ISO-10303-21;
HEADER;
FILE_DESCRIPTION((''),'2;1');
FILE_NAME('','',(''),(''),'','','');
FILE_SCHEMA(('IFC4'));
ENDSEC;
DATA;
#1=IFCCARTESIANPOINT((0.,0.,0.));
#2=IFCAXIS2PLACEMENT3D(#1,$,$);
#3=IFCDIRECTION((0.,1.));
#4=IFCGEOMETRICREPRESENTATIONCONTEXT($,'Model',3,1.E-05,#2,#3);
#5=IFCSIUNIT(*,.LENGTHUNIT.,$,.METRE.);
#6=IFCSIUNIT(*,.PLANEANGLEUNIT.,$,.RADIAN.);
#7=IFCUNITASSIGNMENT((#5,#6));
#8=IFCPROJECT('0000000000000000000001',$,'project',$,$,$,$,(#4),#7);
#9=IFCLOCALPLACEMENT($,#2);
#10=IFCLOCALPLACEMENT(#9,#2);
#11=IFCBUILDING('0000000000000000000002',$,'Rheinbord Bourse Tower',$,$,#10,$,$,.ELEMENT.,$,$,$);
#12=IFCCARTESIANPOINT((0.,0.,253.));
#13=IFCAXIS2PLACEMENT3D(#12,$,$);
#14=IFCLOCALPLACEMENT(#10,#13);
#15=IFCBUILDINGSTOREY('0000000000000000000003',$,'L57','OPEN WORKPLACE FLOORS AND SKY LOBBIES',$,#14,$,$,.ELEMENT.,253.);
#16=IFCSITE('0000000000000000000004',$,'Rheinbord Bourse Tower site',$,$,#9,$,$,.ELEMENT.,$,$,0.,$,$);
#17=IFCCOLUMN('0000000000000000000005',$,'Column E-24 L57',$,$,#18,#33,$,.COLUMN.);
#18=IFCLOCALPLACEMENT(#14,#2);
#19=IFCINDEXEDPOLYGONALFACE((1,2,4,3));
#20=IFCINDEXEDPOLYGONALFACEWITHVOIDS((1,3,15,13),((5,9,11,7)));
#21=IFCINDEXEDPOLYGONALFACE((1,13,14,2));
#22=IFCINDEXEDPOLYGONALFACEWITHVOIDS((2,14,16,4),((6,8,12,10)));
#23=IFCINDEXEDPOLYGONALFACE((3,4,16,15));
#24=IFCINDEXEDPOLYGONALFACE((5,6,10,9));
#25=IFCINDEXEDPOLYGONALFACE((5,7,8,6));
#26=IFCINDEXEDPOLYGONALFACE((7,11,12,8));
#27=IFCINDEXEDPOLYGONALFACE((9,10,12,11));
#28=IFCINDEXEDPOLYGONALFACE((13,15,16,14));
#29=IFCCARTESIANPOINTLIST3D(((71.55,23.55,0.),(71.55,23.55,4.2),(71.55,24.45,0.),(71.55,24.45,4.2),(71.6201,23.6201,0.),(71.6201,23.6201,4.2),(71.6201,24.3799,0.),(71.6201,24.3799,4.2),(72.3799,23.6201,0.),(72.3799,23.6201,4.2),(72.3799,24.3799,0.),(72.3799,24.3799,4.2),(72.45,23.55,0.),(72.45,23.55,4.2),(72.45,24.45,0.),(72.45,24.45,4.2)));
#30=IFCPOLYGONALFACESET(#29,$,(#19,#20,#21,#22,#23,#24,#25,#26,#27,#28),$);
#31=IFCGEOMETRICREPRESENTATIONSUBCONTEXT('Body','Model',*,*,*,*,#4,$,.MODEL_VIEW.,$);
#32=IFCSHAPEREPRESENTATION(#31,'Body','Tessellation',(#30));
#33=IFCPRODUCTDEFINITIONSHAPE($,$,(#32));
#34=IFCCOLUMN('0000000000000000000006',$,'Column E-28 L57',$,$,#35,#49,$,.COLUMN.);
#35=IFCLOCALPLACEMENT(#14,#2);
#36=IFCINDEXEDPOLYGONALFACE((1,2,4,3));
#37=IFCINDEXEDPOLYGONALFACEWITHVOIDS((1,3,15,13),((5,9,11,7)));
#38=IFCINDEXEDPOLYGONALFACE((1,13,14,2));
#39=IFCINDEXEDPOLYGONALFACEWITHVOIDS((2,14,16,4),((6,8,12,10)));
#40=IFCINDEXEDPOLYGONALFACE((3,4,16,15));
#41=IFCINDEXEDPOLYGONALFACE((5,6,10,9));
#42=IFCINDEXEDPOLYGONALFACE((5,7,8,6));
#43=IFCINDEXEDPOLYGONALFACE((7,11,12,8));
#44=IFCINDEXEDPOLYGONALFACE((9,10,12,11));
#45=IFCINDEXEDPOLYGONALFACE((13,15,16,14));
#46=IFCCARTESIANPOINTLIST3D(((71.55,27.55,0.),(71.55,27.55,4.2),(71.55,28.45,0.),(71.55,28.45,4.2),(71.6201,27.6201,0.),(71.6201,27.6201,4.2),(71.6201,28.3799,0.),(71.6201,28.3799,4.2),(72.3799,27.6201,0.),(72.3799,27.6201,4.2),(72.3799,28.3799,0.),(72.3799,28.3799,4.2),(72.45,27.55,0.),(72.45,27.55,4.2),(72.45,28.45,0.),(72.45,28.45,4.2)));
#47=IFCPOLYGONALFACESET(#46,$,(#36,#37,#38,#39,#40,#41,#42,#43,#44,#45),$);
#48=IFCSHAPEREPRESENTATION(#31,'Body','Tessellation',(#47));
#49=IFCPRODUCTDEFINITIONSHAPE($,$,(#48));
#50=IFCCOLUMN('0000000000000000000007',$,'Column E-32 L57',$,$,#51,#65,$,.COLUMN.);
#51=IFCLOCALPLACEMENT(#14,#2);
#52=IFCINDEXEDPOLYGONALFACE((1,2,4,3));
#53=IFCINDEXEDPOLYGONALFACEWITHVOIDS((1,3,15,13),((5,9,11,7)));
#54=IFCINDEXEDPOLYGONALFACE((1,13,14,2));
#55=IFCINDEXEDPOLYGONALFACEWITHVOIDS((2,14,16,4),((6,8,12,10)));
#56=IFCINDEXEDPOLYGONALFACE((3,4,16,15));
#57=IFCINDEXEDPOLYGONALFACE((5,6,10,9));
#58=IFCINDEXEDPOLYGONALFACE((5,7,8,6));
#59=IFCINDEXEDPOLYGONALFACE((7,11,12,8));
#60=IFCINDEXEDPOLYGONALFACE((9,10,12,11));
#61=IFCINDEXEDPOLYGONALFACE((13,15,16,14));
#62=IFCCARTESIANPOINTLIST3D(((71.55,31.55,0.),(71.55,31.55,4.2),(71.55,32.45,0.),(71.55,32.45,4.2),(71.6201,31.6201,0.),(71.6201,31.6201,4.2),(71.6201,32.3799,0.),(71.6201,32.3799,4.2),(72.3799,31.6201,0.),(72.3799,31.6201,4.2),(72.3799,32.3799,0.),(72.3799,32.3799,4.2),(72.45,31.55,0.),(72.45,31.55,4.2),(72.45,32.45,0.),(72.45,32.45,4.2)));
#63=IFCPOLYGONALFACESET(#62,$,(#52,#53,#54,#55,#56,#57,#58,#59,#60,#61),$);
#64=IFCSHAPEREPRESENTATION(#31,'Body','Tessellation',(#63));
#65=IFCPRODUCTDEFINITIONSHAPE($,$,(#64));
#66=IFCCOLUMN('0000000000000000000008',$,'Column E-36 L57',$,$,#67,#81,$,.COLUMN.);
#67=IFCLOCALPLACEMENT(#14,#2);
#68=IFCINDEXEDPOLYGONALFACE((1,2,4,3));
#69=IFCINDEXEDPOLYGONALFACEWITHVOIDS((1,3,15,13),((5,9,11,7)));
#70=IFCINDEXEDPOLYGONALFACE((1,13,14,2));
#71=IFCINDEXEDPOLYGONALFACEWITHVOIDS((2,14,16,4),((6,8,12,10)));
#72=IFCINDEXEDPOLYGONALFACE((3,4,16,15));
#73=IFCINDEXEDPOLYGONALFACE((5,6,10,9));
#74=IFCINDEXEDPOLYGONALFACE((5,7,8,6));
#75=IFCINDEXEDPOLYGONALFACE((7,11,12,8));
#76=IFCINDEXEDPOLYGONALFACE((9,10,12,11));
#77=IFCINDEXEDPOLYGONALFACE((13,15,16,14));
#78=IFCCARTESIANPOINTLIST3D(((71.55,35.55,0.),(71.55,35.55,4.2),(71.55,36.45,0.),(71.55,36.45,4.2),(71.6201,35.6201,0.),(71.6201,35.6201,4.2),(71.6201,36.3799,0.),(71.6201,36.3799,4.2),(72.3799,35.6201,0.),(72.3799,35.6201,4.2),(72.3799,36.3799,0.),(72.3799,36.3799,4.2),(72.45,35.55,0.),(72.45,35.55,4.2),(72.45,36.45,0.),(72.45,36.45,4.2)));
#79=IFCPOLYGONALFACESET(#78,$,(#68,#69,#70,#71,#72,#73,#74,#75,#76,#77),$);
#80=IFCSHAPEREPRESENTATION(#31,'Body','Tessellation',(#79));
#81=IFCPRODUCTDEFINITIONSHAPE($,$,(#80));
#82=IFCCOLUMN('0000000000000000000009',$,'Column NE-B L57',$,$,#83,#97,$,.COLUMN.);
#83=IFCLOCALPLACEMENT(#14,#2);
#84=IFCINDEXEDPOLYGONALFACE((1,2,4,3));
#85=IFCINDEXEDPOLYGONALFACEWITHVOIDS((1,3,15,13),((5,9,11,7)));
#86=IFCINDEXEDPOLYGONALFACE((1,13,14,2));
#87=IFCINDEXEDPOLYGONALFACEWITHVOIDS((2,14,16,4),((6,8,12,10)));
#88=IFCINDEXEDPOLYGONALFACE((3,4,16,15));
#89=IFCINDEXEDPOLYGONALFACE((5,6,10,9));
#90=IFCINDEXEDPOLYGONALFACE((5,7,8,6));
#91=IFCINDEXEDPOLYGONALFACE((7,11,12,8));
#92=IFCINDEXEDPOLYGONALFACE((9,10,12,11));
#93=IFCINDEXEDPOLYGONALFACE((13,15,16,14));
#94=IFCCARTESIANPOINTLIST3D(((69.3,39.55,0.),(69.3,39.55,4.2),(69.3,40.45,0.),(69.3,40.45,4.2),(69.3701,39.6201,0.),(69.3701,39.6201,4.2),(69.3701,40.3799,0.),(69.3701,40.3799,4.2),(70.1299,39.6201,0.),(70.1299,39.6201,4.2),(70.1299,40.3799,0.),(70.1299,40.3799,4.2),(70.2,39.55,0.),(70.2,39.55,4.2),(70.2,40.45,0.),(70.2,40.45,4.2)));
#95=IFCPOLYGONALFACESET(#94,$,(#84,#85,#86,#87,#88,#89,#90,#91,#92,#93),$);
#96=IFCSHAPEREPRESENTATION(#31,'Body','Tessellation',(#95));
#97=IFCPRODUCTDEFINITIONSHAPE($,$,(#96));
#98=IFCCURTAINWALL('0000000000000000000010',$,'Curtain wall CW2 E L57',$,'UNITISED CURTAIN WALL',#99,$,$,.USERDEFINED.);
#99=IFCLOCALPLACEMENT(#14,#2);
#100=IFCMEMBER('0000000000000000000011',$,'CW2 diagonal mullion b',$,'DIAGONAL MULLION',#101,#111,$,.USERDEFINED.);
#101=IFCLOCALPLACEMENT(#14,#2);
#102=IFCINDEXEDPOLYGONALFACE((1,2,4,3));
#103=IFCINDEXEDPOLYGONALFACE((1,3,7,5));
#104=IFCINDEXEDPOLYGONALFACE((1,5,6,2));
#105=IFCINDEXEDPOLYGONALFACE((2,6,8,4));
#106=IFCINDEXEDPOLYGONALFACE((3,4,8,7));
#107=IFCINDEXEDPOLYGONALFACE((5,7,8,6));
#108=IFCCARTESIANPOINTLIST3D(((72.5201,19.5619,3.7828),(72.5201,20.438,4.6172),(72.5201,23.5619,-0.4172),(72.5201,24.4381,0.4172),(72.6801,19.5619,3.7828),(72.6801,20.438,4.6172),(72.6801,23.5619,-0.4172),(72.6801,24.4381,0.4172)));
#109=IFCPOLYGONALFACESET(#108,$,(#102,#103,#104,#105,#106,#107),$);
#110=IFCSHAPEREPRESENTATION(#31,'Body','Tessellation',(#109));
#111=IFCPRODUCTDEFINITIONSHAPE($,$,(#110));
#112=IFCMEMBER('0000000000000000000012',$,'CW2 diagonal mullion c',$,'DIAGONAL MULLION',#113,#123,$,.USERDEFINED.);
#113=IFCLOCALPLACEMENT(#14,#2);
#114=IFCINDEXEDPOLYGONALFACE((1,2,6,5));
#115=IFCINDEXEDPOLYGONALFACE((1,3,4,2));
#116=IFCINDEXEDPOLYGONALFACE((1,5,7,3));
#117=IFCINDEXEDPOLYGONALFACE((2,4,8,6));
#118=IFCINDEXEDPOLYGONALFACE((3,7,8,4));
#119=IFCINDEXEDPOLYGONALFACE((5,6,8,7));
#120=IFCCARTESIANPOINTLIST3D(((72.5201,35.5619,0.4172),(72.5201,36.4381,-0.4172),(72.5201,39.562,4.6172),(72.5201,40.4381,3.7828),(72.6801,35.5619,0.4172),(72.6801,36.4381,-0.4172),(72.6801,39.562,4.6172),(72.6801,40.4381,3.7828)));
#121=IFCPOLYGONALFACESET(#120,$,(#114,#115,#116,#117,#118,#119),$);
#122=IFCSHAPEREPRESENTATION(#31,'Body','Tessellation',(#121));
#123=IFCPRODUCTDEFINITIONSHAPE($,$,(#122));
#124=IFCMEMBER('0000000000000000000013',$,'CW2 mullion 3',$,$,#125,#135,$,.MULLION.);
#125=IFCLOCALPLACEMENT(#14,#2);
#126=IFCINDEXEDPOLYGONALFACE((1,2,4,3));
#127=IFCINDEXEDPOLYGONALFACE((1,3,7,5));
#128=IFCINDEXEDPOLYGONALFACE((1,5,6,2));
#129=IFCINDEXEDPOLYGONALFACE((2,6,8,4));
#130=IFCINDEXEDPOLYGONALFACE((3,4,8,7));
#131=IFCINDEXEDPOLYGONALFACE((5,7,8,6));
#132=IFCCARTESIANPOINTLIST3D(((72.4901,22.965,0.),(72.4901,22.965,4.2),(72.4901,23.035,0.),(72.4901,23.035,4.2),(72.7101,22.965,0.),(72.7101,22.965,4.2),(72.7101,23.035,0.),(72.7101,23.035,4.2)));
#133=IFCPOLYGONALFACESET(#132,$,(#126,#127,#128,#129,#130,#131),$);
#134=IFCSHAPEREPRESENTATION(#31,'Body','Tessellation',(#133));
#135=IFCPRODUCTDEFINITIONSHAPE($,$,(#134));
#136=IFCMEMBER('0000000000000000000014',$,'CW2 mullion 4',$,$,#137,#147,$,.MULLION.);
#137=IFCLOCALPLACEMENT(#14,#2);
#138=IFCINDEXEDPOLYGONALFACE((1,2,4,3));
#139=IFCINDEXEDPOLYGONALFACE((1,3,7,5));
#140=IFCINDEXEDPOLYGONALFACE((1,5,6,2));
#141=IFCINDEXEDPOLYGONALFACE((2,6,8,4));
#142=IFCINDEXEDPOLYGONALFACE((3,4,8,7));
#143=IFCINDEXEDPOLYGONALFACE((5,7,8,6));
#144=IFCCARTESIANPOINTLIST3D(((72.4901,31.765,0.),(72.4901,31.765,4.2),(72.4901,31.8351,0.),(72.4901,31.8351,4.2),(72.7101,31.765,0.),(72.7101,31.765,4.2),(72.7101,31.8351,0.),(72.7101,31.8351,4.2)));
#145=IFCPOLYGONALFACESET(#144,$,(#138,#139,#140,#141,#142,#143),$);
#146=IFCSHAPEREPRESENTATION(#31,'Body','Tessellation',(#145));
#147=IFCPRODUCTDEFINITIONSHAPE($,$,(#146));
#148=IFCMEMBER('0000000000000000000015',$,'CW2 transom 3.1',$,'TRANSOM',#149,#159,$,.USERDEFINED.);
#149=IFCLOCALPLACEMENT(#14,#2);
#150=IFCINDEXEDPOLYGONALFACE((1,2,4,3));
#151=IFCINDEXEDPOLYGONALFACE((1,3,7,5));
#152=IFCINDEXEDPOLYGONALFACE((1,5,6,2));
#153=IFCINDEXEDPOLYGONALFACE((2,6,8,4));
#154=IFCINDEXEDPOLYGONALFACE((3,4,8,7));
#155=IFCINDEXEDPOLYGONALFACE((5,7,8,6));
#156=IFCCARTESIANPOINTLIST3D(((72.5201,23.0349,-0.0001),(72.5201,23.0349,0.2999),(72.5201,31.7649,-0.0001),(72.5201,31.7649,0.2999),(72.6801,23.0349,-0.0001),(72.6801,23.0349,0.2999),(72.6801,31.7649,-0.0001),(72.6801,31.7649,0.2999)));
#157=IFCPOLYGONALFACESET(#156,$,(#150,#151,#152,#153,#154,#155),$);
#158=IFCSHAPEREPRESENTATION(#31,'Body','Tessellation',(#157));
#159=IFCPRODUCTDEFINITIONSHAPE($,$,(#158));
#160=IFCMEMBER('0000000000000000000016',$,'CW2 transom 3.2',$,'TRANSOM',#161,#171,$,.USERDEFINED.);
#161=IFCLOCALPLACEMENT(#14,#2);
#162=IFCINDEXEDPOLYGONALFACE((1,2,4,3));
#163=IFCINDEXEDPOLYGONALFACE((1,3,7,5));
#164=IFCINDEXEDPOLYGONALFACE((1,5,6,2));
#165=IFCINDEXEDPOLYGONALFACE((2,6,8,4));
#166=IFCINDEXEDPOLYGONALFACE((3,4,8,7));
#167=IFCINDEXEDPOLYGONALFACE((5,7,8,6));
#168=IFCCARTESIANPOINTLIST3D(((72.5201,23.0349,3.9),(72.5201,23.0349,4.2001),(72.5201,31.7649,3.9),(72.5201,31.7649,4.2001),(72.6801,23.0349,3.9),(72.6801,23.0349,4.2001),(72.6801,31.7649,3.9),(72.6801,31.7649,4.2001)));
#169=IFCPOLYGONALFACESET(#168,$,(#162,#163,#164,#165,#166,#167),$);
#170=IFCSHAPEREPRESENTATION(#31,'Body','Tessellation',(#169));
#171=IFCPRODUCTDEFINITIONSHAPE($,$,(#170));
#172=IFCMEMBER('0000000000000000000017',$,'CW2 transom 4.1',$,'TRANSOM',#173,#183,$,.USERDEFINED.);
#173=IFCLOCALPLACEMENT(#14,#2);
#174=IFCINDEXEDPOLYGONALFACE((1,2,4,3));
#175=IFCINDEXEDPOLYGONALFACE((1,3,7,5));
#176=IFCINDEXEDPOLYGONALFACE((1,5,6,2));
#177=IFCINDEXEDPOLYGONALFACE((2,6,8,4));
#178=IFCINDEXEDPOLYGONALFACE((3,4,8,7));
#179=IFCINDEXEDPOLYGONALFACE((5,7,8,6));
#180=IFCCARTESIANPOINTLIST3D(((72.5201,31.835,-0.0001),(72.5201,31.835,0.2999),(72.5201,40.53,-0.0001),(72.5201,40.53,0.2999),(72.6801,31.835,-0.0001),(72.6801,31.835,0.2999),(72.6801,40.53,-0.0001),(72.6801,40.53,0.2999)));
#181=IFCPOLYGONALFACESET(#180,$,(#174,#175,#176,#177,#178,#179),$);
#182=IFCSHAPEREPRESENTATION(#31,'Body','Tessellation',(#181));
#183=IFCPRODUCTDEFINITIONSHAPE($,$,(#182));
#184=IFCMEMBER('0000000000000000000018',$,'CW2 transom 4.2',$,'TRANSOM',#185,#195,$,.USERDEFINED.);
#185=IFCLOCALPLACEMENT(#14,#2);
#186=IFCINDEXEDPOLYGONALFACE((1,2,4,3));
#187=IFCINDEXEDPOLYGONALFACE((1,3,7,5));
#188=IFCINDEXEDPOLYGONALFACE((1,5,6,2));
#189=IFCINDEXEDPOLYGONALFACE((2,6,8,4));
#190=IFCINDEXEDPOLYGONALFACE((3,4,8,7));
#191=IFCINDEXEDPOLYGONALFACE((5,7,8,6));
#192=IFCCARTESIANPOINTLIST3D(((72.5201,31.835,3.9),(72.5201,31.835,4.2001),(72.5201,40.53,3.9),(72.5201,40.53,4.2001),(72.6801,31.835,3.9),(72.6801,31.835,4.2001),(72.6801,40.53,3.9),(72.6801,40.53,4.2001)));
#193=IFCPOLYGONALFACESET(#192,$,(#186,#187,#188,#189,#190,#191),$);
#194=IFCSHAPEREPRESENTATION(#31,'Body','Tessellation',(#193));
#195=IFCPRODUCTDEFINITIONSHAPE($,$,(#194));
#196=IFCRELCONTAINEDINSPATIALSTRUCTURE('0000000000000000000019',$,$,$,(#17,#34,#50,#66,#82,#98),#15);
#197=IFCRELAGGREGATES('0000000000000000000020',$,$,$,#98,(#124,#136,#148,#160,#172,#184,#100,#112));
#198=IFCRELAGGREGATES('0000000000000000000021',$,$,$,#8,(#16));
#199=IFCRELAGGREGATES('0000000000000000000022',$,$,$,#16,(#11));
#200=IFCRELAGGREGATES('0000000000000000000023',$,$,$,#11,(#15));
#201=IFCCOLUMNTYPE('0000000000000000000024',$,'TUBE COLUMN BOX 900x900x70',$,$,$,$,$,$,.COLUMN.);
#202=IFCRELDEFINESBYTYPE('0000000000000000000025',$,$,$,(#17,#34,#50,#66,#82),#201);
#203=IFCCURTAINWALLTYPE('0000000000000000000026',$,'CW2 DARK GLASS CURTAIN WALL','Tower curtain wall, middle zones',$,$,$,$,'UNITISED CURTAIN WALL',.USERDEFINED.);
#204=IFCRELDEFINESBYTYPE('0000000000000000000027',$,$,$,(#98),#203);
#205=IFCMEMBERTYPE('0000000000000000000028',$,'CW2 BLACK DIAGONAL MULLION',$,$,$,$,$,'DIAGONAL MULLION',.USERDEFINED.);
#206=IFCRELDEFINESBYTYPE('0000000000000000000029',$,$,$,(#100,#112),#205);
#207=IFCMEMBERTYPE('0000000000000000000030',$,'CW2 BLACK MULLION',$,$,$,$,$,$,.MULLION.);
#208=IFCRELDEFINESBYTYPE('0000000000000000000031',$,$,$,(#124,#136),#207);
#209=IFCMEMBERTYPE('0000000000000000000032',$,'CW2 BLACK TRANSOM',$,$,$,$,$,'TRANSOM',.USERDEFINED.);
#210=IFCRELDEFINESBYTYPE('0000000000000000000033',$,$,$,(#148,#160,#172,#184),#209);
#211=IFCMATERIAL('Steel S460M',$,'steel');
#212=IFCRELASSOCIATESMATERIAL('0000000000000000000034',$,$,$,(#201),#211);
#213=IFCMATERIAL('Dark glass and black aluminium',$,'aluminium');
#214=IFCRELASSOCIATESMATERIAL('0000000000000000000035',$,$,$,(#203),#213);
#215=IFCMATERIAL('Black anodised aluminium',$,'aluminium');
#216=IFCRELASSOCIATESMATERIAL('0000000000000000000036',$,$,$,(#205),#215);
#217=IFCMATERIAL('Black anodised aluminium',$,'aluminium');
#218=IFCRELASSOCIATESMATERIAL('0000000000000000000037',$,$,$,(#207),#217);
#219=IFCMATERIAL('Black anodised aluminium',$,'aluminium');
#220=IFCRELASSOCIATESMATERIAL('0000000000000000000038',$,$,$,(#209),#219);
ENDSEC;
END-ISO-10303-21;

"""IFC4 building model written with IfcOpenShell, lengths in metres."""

from ifc_helpers import new_model, si_unit, direction, frame, origin, origin_2d, place, context, subcontext, project, spatial, rectangle, hollow_rectangle, extrude, material, material_profile, profile_set, type_object, element, aggregate, save


model = new_model("IFC4")

# Units and contexts
model_context = context("Model", 3, precision=1e-05, world=origin(), true_north=direction((0.0, 1.0)))
body_context = subcontext(model_context, "Body", "Model", "MODEL_VIEW")
ifc_project = project(units=[si_unit("LENGTHUNIT", "METRE"), si_unit("PLANEANGLEUNIT", "RADIAN")], contexts=[model_context])

# Site, building, storey
site_placement = place(None, origin())
site = spatial("IfcSite", under=ifc_project, at=site_placement, Name="Rheinbord Bourse Tower site", CompositionType="ELEMENT", RefElevation=0.0)
building_placement = place(site_placement, origin())
building = spatial("IfcBuilding", under=site, at=building_placement, Name="Rheinbord Bourse Tower", CompositionType="ELEMENT")
storey_placement = place(building_placement, frame((0.0, 0.0, 253.0)))
storey = spatial("IfcBuildingStorey", under=building, at=storey_placement, Name="L57", Description="OPEN WORKPLACE FLOORS AND SKY LOBBIES", CompositionType="ELEMENT", Elevation=253.0)

# Columns
ifc_material_1 = material(Name="Steel S460M", Category="steel")
ifc_material_profile_1 = material_profile(ifc_material_1, hollow_rectangle(XDim=0.8999, YDim=0.8999, WallThickness=0.0701, at=origin_2d()), Name="BOX 900x900x70")
ifc_profile_set_1 = profile_set([ifc_material_profile_1], Name="Steel S460M")
column_type = type_object("IfcColumnType", Name="TUBE COLUMN BOX 900x900x70", PredefinedType="COLUMN", material=ifc_profile_set_1)
for number, where, z_axis, x_axis, name in (
    (1, (72.0, 24.0, 0.0), (0.0, 0.0, 1.0), (1.0, 0.0, 0.0), "Column E-24 L57"),
    (2, (72.0, 28.0, 0.0), (0.0, 0.0, 1.0), (1.0, 0.0, 0.0), "Column E-28 L57"),
    (3, (72.0, 32.0, 0.0), (0.0, 0.0, 1.0), (1.0, 0.0, 0.0), "Column E-32 L57"),
    (4, (72.0, 36.0, 0.0), (0.0, 0.0, 1.0), (1.0, 0.0, 0.0), "Column E-36 L57"),
    (5, (69.75, 40.0, 0.0), (0.0, 0.0, 1.0), (1.0, 0.0, 0.0), "Column NE-B L57"),
):
    element("IfcColumn", number, at=place(storey_placement, frame(where, z_axis=z_axis, x_axis=x_axis)), inside=storey, type_object=column_type, Name=name, PredefinedType="COLUMN", context=body_context, shape_type="SweptSolid", body=[
        extrude(hollow_rectangle(XDim=0.8999, YDim=0.8999, WallThickness=0.0701, at=origin_2d()), origin(), (0.0, 0.0, 1.0), 4.2),
    ])

# Curtain wall, members
ifc_material_2 = material(Name="Dark glass and black aluminium", Category="aluminium")
curtain_wall_type = type_object("IfcCurtainWallType", Name="CW2 DARK GLASS CURTAIN WALL", Description="Tower curtain wall, middle zones", ElementType="UNITISED CURTAIN WALL", PredefinedType="USERDEFINED", material=ifc_material_2)
curtain_wall_placement = place(storey_placement, origin())
curtain_wall = element("IfcCurtainWall", 6, at=curtain_wall_placement, inside=storey, type_object=curtain_wall_type, Name="Curtain wall CW2 E L57", ObjectType="UNITISED CURTAIN WALL", PredefinedType="USERDEFINED")
ifc_material_3 = material(Name="Black anodised aluminium", Category="aluminium")
ifc_material_profile_2 = material_profile(ifc_material_3, rectangle(XDim=0.1599, YDim=1.21, at=origin_2d()), Name="CW2 DIAGONAL MULLION 1210x160")
ifc_profile_set_2 = profile_set([ifc_material_profile_2], Name="Black anodised aluminium")
member_type_1 = type_object("IfcMemberType", Name="CW2 BLACK DIAGONAL MULLION", ElementType="DIAGONAL MULLION", PredefinedType="USERDEFINED", material=ifc_profile_set_2)
member_1_placement = place(storey_placement, frame((72.6001, 24.0, 0.0), z_axis=(0.0, -0.689659, 0.724134), x_axis=(1.0, 0.0, 0.0)))
member_1 = element("IfcMember", 7, at=member_1_placement, type_object=member_type_1, Name="CW2 diagonal mullion b", ObjectType="DIAGONAL MULLION", PredefinedType="USERDEFINED", context=body_context, shape_type="SweptSolid", body=[
    extrude(rectangle(XDim=0.1599, YDim=1.21, at=origin_2d()), origin(), (0.0, 0.0, 1.0), 5.8),
])
member_2_placement = place(storey_placement, frame((72.6001, 36.0, 0.0), z_axis=(0.0, 0.689659, 0.724134), x_axis=(-1.0, 0.0, 0.0)))
member_2 = element("IfcMember", 8, at=member_2_placement, type_object=member_type_1, Name="CW2 diagonal mullion c", ObjectType="DIAGONAL MULLION", PredefinedType="USERDEFINED", context=body_context, shape_type="SweptSolid", body=[
    extrude(rectangle(XDim=0.1599, YDim=1.21, at=origin_2d()), origin(), (0.0, 0.0, 1.0), 5.8),
])
ifc_material_4 = material(Name="Black anodised aluminium", Category="aluminium")
ifc_material_profile_3 = material_profile(ifc_material_4, rectangle(XDim=0.22, YDim=0.0701, at=origin_2d()), Name="CW2 MULLION 70x220")
ifc_profile_set_3 = profile_set([ifc_material_profile_3], Name="Black anodised aluminium")
member_type_2 = type_object("IfcMemberType", Name="CW2 BLACK MULLION", PredefinedType="MULLION", material=ifc_profile_set_3)
member_3_placement = place(storey_placement, frame((72.6001, 23.0, 0.0), z_axis=(0.0, 0.0, 1.0), x_axis=(-1.0, 0.0, 0.0)))
member_3 = element("IfcMember", 9, at=member_3_placement, type_object=member_type_2, Name="CW2 mullion 3", PredefinedType="MULLION", context=body_context, shape_type="SweptSolid", body=[
    extrude(rectangle(XDim=0.22, YDim=0.0701, at=origin_2d()), origin(), (0.0, 0.0, 1.0), 4.2),
])
member_4_placement = place(storey_placement, frame((72.6001, 31.8, 0.0), z_axis=(0.0, 0.0, 1.0), x_axis=(-1.0, 0.0, 0.0)))
member_4 = element("IfcMember", 10, at=member_4_placement, type_object=member_type_2, Name="CW2 mullion 4", PredefinedType="MULLION", context=body_context, shape_type="SweptSolid", body=[
    extrude(rectangle(XDim=0.22, YDim=0.0701, at=origin_2d()), origin(), (0.0, 0.0, 1.0), 4.2),
])
ifc_material_5 = material(Name="Black anodised aluminium", Category="aluminium")
ifc_material_profile_4 = material_profile(ifc_material_5, rectangle(XDim=0.1599, YDim=0.3, at=origin_2d()), Name="CW2 TRANSOM 300x160")
ifc_profile_set_4 = profile_set([ifc_material_profile_4], Name="Black anodised aluminium")
member_type_3 = type_object("IfcMemberType", Name="CW2 BLACK TRANSOM", ElementType="TRANSOM", PredefinedType="USERDEFINED", material=ifc_profile_set_4)
member_5_placement = place(storey_placement, frame((72.6001, 23.0349, 0.1499), z_axis=(0.0, 1.0, 0.0), x_axis=(-1.0, 0.0, 0.0)))
member_5 = element("IfcMember", 11, at=member_5_placement, type_object=member_type_3, Name="CW2 transom 3.1", ObjectType="TRANSOM", PredefinedType="USERDEFINED", context=body_context, shape_type="SweptSolid", body=[
    extrude(rectangle(XDim=0.1599, YDim=0.3, at=origin_2d()), origin(), (0.0, 0.0, 1.0), 8.73),
])
member_6_placement = place(storey_placement, frame((72.6001, 23.0349, 4.05), z_axis=(0.0, 1.0, 0.0), x_axis=(-1.0, 0.0, 0.0)))
member_6 = element("IfcMember", 12, at=member_6_placement, type_object=member_type_3, Name="CW2 transom 3.2", ObjectType="TRANSOM", PredefinedType="USERDEFINED", context=body_context, shape_type="SweptSolid", body=[
    extrude(rectangle(XDim=0.1599, YDim=0.3, at=origin_2d()), origin(), (0.0, 0.0, 1.0), 8.73),
])
member_7_placement = place(storey_placement, frame((72.6001, 31.835, 0.1499), z_axis=(0.0, 1.0, 0.0), x_axis=(-1.0, 0.0, 0.0)))
member_7 = element("IfcMember", 13, at=member_7_placement, type_object=member_type_3, Name="CW2 transom 4.1", ObjectType="TRANSOM", PredefinedType="USERDEFINED", context=body_context, shape_type="SweptSolid", body=[
    extrude(rectangle(XDim=0.1599, YDim=0.3, at=origin_2d()), origin(), (0.0, 0.0, 1.0), 8.6951),
])
member_8_placement = place(storey_placement, frame((72.6001, 31.835, 4.05), z_axis=(0.0, 1.0, 0.0), x_axis=(-1.0, 0.0, 0.0)))
member_8 = element("IfcMember", 14, at=member_8_placement, type_object=member_type_3, Name="CW2 transom 4.2", ObjectType="TRANSOM", PredefinedType="USERDEFINED", context=body_context, shape_type="SweptSolid", body=[
    extrude(rectangle(XDim=0.1599, YDim=0.3, at=origin_2d()), origin(), (0.0, 0.0, 1.0), 8.6951),
])

aggregate(curtain_wall, [member_3, member_4, member_5, member_6, member_7, member_8, member_1, member_2])

save(model, "model.ifc")
